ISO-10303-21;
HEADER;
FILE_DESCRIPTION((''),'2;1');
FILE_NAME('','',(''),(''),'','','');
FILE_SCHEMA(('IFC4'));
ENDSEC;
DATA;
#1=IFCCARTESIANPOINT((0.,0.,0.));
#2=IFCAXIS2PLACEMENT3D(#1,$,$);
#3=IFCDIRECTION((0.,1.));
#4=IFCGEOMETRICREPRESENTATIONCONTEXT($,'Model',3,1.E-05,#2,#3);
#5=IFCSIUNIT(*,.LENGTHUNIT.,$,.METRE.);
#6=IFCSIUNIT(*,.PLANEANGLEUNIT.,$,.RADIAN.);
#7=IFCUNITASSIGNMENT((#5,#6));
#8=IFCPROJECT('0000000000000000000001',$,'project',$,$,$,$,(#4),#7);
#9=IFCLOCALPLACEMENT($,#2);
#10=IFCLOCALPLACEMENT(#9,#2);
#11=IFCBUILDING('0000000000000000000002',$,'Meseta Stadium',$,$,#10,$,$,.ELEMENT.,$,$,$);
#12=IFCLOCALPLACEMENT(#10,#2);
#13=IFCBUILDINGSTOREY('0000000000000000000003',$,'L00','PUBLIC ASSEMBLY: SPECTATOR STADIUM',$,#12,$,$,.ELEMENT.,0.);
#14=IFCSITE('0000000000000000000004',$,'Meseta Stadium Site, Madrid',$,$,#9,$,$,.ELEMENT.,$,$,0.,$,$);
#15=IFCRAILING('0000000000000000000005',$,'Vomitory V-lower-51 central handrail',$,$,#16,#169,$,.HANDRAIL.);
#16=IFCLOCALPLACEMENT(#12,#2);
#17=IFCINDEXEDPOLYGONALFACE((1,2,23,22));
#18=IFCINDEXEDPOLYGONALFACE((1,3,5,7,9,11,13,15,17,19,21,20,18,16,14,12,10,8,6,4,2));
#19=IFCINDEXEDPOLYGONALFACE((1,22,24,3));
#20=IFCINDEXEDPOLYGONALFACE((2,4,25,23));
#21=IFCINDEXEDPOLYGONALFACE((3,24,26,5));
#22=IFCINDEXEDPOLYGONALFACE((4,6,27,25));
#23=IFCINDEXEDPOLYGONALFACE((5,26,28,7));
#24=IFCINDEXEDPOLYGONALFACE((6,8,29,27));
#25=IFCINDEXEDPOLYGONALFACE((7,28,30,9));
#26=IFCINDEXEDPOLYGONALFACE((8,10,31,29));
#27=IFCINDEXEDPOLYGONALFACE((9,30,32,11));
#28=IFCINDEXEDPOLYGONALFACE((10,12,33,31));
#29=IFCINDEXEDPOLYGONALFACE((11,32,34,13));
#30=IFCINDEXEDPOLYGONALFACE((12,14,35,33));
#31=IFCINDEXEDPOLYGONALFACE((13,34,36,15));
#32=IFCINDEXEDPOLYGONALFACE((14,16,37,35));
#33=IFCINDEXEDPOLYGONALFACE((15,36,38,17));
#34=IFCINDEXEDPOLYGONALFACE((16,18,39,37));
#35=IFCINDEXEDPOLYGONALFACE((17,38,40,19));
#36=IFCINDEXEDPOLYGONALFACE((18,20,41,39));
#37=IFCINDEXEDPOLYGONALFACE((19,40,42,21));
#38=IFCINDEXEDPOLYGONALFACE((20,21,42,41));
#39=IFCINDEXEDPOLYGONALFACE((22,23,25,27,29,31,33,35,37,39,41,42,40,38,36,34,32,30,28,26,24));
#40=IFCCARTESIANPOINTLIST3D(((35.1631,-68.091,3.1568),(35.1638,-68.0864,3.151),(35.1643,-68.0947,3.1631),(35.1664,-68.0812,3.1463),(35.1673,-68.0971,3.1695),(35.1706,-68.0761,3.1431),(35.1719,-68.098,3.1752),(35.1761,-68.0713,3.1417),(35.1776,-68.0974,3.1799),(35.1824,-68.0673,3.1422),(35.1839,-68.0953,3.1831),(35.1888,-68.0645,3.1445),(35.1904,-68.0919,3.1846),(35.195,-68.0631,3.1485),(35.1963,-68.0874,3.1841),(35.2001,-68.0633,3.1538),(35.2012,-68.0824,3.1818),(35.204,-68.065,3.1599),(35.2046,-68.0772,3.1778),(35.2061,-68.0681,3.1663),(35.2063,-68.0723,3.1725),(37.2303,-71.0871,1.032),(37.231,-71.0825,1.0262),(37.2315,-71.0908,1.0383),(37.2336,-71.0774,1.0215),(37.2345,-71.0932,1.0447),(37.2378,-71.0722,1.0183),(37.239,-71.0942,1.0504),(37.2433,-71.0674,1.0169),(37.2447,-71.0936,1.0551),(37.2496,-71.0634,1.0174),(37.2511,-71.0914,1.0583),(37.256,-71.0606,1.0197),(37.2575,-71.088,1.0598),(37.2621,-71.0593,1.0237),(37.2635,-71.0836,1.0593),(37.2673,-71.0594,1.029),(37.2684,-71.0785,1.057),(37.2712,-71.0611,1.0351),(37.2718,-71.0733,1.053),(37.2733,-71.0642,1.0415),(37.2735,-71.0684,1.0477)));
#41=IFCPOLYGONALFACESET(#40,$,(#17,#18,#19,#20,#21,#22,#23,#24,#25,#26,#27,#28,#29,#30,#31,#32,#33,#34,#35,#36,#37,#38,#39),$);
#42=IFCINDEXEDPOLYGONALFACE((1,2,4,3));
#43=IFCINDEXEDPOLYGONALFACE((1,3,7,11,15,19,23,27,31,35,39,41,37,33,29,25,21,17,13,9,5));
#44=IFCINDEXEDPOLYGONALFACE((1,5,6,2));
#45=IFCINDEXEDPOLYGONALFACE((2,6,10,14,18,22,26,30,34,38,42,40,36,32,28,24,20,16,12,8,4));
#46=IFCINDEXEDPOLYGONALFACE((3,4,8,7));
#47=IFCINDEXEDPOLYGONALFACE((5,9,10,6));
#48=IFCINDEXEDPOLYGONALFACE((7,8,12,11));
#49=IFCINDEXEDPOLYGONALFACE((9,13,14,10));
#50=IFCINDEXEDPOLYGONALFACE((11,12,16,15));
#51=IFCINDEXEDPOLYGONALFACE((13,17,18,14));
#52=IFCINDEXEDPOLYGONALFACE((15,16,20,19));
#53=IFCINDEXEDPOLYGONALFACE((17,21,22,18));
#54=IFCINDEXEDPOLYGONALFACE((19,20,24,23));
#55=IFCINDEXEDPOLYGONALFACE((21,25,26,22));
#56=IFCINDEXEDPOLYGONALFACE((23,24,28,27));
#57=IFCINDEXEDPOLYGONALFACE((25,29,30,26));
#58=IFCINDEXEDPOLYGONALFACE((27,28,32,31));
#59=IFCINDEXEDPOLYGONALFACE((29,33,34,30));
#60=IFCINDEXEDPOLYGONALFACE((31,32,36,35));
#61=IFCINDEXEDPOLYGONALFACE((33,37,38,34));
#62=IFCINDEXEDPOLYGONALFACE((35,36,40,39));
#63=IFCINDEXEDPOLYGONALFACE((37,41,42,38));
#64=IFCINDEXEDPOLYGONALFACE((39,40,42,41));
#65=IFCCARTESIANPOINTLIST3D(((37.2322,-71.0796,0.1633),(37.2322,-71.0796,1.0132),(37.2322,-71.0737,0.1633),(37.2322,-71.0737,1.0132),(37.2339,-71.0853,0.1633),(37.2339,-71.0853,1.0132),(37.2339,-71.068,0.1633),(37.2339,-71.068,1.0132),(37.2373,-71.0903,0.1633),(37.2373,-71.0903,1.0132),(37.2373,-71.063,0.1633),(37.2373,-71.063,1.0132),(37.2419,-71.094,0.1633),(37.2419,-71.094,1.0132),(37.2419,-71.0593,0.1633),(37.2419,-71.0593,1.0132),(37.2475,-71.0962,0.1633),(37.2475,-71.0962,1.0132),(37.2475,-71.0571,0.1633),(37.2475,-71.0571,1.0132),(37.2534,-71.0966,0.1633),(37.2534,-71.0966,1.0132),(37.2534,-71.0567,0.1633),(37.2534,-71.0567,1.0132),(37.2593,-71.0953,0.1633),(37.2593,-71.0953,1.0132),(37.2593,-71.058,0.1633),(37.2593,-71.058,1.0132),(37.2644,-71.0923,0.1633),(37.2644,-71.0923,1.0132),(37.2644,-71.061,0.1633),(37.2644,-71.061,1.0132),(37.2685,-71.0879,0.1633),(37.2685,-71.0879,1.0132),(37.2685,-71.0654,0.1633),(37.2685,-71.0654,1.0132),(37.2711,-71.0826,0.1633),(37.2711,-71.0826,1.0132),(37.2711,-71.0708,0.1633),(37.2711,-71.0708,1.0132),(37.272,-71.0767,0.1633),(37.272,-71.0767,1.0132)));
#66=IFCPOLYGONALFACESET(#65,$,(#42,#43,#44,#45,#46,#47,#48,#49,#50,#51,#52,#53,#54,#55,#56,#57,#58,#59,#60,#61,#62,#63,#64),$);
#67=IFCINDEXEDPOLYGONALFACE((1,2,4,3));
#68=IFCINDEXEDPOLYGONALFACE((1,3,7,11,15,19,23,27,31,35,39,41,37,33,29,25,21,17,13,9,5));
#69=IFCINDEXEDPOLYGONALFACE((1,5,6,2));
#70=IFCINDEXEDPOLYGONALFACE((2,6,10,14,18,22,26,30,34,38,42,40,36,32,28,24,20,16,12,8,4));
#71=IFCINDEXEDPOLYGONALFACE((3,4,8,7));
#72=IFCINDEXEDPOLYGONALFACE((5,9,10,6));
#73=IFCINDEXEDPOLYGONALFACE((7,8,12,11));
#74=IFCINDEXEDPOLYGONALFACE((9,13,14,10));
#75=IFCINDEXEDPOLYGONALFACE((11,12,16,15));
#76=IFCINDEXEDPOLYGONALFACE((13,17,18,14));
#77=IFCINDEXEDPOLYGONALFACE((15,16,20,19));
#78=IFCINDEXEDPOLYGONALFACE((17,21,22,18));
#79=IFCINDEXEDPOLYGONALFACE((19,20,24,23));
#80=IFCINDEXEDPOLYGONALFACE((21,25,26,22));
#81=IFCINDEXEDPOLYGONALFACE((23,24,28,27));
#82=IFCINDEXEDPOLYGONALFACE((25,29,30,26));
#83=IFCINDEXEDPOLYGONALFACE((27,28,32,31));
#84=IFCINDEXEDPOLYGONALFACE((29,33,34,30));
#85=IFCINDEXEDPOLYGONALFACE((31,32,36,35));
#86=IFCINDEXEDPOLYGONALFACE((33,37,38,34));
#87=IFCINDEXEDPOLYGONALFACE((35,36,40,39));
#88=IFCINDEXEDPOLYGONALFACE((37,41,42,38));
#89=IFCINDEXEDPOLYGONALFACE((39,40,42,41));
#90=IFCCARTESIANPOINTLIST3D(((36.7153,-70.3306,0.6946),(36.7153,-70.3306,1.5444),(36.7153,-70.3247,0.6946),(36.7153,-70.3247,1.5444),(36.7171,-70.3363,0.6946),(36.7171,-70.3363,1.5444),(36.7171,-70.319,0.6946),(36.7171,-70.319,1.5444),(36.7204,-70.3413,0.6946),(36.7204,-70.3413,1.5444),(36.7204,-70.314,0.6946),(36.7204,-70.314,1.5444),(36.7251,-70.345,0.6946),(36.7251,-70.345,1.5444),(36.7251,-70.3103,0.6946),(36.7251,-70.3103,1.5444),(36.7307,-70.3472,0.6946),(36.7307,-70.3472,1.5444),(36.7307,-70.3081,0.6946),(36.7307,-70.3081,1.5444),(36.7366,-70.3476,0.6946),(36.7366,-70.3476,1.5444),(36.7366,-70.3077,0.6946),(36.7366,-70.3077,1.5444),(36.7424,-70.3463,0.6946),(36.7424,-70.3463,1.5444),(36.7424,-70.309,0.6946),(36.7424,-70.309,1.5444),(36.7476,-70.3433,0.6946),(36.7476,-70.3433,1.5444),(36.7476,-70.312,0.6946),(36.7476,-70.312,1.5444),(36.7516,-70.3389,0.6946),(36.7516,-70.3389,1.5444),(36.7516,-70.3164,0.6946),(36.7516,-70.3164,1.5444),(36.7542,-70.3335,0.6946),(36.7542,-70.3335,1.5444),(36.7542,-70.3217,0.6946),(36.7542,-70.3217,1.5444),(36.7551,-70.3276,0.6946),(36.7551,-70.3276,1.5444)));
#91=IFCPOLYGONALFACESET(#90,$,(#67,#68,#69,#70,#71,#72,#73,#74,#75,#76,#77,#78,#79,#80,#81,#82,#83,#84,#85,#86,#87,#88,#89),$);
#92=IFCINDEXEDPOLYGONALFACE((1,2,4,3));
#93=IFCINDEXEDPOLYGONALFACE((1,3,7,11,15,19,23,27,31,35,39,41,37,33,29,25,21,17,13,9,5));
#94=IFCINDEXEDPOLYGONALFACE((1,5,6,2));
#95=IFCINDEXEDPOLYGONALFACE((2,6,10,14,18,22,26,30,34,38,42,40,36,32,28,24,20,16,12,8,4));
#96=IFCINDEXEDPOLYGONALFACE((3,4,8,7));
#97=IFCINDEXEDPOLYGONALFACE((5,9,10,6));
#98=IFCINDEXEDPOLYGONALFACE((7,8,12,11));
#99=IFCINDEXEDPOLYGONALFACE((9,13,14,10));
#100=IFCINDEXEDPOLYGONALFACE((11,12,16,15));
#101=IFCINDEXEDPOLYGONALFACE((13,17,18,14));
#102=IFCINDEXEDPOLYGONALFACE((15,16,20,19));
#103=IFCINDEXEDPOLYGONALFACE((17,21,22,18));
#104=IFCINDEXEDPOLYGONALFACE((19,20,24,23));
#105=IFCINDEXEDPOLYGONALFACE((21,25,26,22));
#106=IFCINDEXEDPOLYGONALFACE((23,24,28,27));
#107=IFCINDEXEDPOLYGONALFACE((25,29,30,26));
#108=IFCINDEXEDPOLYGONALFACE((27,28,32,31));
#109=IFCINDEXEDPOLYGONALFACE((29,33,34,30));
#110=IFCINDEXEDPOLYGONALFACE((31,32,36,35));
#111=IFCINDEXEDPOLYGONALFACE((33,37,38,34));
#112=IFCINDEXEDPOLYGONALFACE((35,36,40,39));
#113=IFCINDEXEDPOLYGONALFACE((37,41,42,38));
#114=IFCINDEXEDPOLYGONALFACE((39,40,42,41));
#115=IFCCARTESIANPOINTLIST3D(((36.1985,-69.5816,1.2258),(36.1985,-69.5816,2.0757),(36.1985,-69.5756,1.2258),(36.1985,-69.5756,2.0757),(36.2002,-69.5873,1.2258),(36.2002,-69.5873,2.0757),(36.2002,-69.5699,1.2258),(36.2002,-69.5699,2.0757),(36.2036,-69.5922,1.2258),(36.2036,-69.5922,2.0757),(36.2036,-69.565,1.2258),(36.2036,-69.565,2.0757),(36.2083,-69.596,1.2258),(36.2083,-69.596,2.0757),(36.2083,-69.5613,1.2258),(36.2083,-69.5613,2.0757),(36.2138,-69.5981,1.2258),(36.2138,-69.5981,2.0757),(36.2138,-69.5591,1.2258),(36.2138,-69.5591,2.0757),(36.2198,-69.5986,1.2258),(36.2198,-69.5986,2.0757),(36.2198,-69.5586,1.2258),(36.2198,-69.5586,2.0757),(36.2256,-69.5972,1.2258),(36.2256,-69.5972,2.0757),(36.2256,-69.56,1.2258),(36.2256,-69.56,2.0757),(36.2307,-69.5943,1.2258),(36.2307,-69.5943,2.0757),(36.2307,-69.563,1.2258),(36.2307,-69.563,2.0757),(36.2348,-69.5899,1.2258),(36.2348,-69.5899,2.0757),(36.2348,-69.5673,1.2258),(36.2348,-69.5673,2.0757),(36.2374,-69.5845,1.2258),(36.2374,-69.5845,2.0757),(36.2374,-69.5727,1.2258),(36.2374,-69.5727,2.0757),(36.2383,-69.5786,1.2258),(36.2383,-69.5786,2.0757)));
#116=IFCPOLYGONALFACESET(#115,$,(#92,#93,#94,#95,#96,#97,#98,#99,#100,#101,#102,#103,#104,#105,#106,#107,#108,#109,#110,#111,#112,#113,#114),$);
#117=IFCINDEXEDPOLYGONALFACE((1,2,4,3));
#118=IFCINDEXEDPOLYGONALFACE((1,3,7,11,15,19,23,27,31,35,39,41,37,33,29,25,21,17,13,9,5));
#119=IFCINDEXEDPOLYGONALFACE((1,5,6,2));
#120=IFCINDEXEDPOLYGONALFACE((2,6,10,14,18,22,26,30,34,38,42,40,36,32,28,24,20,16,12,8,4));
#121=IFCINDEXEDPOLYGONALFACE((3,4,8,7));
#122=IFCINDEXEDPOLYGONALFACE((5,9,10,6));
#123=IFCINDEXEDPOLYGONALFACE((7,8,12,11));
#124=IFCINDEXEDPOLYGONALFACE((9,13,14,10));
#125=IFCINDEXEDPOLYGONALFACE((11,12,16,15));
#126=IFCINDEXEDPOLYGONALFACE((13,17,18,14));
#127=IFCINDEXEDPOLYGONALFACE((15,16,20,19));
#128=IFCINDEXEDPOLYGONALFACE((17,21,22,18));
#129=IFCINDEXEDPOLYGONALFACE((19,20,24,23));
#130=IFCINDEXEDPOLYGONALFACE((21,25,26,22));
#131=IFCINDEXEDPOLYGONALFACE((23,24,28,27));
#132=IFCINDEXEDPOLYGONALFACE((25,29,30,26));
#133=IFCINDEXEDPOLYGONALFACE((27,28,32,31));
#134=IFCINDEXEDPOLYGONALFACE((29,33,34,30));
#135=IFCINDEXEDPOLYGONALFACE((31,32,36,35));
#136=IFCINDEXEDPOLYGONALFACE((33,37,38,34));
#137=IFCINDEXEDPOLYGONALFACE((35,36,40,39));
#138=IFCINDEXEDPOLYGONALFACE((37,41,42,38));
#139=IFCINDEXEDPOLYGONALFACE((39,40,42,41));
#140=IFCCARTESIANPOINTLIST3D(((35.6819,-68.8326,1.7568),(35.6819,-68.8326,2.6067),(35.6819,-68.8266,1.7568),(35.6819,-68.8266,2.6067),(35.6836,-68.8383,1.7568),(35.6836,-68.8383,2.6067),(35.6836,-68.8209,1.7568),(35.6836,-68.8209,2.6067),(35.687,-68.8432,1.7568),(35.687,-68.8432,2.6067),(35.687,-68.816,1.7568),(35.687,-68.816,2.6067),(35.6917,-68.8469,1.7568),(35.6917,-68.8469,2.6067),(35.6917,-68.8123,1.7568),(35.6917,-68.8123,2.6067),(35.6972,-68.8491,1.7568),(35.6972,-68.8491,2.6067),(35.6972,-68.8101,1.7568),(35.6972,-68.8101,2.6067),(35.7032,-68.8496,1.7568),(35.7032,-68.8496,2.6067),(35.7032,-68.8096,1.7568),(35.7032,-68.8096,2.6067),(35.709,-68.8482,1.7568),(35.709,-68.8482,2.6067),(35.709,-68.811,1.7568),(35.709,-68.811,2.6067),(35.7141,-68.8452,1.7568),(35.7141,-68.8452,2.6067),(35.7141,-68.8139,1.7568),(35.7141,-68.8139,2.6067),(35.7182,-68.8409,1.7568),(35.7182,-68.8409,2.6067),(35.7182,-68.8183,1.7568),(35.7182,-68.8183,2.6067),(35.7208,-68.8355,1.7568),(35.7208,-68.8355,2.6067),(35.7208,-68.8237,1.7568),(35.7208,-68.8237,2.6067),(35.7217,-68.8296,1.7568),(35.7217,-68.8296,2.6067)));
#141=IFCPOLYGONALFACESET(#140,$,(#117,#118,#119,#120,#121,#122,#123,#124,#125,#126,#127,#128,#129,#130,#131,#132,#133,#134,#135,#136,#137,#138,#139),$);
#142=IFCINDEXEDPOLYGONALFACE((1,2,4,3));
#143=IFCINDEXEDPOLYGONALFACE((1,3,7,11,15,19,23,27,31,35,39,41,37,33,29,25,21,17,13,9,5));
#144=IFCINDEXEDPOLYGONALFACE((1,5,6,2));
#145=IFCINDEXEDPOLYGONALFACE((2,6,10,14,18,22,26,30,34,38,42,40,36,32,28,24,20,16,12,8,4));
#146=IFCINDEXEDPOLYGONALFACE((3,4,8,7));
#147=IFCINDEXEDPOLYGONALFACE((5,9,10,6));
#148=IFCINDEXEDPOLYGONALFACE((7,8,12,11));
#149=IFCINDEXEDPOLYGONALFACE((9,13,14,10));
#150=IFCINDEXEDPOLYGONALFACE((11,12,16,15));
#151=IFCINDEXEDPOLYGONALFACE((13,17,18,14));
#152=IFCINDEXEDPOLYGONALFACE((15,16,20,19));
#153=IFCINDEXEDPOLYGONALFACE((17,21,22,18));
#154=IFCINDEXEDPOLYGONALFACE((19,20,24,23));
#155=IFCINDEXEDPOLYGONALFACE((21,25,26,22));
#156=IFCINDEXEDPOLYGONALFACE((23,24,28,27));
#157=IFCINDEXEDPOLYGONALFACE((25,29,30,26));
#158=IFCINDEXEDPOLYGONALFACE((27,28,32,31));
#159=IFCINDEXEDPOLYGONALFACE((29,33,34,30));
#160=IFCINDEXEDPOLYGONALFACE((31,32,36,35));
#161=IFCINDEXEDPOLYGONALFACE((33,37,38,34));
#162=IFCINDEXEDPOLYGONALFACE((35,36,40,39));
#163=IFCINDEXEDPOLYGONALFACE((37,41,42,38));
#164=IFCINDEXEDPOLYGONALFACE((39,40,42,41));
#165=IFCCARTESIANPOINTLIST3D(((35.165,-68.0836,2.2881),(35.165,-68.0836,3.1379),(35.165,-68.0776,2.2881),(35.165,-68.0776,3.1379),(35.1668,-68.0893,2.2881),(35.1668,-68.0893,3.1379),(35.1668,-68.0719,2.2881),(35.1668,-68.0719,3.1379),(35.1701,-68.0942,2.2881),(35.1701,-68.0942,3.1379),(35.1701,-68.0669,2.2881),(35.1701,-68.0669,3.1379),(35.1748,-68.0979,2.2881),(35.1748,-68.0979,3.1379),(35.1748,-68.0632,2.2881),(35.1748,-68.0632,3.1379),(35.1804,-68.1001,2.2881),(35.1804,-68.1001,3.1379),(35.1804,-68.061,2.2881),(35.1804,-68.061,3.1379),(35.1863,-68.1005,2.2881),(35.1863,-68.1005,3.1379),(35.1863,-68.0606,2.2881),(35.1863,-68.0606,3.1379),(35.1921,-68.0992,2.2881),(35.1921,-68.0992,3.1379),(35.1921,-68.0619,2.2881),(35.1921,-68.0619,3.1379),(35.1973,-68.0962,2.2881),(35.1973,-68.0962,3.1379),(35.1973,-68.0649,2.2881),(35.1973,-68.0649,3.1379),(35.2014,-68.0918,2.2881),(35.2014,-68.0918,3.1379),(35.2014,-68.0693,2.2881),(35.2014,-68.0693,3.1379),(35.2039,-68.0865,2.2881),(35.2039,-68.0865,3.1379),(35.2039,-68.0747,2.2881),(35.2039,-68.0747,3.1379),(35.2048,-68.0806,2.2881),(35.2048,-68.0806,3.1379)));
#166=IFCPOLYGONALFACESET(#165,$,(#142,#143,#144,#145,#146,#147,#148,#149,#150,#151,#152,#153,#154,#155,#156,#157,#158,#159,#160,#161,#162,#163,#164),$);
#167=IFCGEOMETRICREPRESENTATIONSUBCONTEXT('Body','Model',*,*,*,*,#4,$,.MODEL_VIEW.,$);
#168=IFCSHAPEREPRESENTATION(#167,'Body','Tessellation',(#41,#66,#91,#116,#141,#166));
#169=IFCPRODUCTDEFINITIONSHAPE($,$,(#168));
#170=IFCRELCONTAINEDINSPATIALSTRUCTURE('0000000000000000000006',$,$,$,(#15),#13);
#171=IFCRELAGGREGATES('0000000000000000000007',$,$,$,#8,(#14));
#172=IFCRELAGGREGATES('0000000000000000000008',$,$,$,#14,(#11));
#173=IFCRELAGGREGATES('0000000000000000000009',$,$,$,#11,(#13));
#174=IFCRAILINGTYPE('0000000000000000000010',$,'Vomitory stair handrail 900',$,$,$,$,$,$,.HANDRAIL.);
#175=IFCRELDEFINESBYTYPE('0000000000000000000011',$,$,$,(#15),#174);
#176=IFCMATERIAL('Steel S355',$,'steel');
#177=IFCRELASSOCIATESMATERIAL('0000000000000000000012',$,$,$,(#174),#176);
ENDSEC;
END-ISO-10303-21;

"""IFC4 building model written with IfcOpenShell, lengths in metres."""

from ifc_helpers import new_model, si_unit, direction, frame, origin, origin_2d, place, context, subcontext, project, spatial, circle, extrude, material, type_object, element, save


model = new_model("IFC4")

# Units and contexts
model_context = context("Model", 3, precision=1e-05, world=origin(), true_north=direction((0.0, 1.0)))
body_context = subcontext(model_context, "Body", "Model", "MODEL_VIEW")
ifc_project = project(units=[si_unit("LENGTHUNIT", "METRE"), si_unit("PLANEANGLEUNIT", "RADIAN")], contexts=[model_context])

# Site, building, storey
site_placement = place(None, origin())
site = spatial("IfcSite", under=ifc_project, at=site_placement, Name="Meseta Stadium Site, Madrid", CompositionType="ELEMENT", RefElevation=0.0)
building_placement = place(site_placement, origin())
building = spatial("IfcBuilding", under=site, at=building_placement, Name="Meseta Stadium", CompositionType="ELEMENT")
storey_placement = place(building_placement, origin())
storey = spatial("IfcBuildingStorey", under=building, at=storey_placement, Name="L00", Description="PUBLIC ASSEMBLY: SPECTATOR STADIUM", CompositionType="ELEMENT", Elevation=0.0)

# Railing
ifc_material_1 = material(Name="Steel S355", Category="steel")
railing_type_1 = type_object("IfcRailingType", Name="Vomitory stair handrail 900", PredefinedType="HANDRAIL", material=ifc_material_1)
railing_1_placement = place(storey_placement, frame((37.252, -71.0767, 0.1633)))
element("IfcRailing", 1, at=railing_1_placement, inside=storey, type_object=railing_type_1, Name="Vomitory V-lower-51 central handrail", PredefinedType="HANDRAIL", context=body_context, shape_type="SweptSolid", body=[
    extrude(circle(Radius=0.0249, at=origin_2d()), frame((0.0, 0.0, 0.875), z_axis=(-0.490452, 0.710857, 0.504122), x_axis=(-0.823101, -0.567894, 0.0)), (0.0, 0.0, 1.0), 4.2148),
    extrude(circle(Radius=0.02, at=origin_2d()), origin(), (0.0, 0.0, 1.0), 0.8499),
    extrude(circle(Radius=0.02, at=origin_2d()), frame((-0.5168, 0.749, 0.5312)), (0.0, 0.0, 1.0), 0.8499),
    extrude(circle(Radius=0.02, at=origin_2d()), frame((-1.0337, 1.498, 1.0625)), (0.0, 0.0, 1.0), 0.8499),
    extrude(circle(Radius=0.02, at=origin_2d()), frame((-1.5503, 2.2471, 1.5935)), (0.0, 0.0, 1.0), 0.8499),
    extrude(circle(Radius=0.02, at=origin_2d()), frame((-2.0671, 2.9961, 2.1248)), (0.0, 0.0, 1.0), 0.8499),
])

save(model, "model.ifc")
